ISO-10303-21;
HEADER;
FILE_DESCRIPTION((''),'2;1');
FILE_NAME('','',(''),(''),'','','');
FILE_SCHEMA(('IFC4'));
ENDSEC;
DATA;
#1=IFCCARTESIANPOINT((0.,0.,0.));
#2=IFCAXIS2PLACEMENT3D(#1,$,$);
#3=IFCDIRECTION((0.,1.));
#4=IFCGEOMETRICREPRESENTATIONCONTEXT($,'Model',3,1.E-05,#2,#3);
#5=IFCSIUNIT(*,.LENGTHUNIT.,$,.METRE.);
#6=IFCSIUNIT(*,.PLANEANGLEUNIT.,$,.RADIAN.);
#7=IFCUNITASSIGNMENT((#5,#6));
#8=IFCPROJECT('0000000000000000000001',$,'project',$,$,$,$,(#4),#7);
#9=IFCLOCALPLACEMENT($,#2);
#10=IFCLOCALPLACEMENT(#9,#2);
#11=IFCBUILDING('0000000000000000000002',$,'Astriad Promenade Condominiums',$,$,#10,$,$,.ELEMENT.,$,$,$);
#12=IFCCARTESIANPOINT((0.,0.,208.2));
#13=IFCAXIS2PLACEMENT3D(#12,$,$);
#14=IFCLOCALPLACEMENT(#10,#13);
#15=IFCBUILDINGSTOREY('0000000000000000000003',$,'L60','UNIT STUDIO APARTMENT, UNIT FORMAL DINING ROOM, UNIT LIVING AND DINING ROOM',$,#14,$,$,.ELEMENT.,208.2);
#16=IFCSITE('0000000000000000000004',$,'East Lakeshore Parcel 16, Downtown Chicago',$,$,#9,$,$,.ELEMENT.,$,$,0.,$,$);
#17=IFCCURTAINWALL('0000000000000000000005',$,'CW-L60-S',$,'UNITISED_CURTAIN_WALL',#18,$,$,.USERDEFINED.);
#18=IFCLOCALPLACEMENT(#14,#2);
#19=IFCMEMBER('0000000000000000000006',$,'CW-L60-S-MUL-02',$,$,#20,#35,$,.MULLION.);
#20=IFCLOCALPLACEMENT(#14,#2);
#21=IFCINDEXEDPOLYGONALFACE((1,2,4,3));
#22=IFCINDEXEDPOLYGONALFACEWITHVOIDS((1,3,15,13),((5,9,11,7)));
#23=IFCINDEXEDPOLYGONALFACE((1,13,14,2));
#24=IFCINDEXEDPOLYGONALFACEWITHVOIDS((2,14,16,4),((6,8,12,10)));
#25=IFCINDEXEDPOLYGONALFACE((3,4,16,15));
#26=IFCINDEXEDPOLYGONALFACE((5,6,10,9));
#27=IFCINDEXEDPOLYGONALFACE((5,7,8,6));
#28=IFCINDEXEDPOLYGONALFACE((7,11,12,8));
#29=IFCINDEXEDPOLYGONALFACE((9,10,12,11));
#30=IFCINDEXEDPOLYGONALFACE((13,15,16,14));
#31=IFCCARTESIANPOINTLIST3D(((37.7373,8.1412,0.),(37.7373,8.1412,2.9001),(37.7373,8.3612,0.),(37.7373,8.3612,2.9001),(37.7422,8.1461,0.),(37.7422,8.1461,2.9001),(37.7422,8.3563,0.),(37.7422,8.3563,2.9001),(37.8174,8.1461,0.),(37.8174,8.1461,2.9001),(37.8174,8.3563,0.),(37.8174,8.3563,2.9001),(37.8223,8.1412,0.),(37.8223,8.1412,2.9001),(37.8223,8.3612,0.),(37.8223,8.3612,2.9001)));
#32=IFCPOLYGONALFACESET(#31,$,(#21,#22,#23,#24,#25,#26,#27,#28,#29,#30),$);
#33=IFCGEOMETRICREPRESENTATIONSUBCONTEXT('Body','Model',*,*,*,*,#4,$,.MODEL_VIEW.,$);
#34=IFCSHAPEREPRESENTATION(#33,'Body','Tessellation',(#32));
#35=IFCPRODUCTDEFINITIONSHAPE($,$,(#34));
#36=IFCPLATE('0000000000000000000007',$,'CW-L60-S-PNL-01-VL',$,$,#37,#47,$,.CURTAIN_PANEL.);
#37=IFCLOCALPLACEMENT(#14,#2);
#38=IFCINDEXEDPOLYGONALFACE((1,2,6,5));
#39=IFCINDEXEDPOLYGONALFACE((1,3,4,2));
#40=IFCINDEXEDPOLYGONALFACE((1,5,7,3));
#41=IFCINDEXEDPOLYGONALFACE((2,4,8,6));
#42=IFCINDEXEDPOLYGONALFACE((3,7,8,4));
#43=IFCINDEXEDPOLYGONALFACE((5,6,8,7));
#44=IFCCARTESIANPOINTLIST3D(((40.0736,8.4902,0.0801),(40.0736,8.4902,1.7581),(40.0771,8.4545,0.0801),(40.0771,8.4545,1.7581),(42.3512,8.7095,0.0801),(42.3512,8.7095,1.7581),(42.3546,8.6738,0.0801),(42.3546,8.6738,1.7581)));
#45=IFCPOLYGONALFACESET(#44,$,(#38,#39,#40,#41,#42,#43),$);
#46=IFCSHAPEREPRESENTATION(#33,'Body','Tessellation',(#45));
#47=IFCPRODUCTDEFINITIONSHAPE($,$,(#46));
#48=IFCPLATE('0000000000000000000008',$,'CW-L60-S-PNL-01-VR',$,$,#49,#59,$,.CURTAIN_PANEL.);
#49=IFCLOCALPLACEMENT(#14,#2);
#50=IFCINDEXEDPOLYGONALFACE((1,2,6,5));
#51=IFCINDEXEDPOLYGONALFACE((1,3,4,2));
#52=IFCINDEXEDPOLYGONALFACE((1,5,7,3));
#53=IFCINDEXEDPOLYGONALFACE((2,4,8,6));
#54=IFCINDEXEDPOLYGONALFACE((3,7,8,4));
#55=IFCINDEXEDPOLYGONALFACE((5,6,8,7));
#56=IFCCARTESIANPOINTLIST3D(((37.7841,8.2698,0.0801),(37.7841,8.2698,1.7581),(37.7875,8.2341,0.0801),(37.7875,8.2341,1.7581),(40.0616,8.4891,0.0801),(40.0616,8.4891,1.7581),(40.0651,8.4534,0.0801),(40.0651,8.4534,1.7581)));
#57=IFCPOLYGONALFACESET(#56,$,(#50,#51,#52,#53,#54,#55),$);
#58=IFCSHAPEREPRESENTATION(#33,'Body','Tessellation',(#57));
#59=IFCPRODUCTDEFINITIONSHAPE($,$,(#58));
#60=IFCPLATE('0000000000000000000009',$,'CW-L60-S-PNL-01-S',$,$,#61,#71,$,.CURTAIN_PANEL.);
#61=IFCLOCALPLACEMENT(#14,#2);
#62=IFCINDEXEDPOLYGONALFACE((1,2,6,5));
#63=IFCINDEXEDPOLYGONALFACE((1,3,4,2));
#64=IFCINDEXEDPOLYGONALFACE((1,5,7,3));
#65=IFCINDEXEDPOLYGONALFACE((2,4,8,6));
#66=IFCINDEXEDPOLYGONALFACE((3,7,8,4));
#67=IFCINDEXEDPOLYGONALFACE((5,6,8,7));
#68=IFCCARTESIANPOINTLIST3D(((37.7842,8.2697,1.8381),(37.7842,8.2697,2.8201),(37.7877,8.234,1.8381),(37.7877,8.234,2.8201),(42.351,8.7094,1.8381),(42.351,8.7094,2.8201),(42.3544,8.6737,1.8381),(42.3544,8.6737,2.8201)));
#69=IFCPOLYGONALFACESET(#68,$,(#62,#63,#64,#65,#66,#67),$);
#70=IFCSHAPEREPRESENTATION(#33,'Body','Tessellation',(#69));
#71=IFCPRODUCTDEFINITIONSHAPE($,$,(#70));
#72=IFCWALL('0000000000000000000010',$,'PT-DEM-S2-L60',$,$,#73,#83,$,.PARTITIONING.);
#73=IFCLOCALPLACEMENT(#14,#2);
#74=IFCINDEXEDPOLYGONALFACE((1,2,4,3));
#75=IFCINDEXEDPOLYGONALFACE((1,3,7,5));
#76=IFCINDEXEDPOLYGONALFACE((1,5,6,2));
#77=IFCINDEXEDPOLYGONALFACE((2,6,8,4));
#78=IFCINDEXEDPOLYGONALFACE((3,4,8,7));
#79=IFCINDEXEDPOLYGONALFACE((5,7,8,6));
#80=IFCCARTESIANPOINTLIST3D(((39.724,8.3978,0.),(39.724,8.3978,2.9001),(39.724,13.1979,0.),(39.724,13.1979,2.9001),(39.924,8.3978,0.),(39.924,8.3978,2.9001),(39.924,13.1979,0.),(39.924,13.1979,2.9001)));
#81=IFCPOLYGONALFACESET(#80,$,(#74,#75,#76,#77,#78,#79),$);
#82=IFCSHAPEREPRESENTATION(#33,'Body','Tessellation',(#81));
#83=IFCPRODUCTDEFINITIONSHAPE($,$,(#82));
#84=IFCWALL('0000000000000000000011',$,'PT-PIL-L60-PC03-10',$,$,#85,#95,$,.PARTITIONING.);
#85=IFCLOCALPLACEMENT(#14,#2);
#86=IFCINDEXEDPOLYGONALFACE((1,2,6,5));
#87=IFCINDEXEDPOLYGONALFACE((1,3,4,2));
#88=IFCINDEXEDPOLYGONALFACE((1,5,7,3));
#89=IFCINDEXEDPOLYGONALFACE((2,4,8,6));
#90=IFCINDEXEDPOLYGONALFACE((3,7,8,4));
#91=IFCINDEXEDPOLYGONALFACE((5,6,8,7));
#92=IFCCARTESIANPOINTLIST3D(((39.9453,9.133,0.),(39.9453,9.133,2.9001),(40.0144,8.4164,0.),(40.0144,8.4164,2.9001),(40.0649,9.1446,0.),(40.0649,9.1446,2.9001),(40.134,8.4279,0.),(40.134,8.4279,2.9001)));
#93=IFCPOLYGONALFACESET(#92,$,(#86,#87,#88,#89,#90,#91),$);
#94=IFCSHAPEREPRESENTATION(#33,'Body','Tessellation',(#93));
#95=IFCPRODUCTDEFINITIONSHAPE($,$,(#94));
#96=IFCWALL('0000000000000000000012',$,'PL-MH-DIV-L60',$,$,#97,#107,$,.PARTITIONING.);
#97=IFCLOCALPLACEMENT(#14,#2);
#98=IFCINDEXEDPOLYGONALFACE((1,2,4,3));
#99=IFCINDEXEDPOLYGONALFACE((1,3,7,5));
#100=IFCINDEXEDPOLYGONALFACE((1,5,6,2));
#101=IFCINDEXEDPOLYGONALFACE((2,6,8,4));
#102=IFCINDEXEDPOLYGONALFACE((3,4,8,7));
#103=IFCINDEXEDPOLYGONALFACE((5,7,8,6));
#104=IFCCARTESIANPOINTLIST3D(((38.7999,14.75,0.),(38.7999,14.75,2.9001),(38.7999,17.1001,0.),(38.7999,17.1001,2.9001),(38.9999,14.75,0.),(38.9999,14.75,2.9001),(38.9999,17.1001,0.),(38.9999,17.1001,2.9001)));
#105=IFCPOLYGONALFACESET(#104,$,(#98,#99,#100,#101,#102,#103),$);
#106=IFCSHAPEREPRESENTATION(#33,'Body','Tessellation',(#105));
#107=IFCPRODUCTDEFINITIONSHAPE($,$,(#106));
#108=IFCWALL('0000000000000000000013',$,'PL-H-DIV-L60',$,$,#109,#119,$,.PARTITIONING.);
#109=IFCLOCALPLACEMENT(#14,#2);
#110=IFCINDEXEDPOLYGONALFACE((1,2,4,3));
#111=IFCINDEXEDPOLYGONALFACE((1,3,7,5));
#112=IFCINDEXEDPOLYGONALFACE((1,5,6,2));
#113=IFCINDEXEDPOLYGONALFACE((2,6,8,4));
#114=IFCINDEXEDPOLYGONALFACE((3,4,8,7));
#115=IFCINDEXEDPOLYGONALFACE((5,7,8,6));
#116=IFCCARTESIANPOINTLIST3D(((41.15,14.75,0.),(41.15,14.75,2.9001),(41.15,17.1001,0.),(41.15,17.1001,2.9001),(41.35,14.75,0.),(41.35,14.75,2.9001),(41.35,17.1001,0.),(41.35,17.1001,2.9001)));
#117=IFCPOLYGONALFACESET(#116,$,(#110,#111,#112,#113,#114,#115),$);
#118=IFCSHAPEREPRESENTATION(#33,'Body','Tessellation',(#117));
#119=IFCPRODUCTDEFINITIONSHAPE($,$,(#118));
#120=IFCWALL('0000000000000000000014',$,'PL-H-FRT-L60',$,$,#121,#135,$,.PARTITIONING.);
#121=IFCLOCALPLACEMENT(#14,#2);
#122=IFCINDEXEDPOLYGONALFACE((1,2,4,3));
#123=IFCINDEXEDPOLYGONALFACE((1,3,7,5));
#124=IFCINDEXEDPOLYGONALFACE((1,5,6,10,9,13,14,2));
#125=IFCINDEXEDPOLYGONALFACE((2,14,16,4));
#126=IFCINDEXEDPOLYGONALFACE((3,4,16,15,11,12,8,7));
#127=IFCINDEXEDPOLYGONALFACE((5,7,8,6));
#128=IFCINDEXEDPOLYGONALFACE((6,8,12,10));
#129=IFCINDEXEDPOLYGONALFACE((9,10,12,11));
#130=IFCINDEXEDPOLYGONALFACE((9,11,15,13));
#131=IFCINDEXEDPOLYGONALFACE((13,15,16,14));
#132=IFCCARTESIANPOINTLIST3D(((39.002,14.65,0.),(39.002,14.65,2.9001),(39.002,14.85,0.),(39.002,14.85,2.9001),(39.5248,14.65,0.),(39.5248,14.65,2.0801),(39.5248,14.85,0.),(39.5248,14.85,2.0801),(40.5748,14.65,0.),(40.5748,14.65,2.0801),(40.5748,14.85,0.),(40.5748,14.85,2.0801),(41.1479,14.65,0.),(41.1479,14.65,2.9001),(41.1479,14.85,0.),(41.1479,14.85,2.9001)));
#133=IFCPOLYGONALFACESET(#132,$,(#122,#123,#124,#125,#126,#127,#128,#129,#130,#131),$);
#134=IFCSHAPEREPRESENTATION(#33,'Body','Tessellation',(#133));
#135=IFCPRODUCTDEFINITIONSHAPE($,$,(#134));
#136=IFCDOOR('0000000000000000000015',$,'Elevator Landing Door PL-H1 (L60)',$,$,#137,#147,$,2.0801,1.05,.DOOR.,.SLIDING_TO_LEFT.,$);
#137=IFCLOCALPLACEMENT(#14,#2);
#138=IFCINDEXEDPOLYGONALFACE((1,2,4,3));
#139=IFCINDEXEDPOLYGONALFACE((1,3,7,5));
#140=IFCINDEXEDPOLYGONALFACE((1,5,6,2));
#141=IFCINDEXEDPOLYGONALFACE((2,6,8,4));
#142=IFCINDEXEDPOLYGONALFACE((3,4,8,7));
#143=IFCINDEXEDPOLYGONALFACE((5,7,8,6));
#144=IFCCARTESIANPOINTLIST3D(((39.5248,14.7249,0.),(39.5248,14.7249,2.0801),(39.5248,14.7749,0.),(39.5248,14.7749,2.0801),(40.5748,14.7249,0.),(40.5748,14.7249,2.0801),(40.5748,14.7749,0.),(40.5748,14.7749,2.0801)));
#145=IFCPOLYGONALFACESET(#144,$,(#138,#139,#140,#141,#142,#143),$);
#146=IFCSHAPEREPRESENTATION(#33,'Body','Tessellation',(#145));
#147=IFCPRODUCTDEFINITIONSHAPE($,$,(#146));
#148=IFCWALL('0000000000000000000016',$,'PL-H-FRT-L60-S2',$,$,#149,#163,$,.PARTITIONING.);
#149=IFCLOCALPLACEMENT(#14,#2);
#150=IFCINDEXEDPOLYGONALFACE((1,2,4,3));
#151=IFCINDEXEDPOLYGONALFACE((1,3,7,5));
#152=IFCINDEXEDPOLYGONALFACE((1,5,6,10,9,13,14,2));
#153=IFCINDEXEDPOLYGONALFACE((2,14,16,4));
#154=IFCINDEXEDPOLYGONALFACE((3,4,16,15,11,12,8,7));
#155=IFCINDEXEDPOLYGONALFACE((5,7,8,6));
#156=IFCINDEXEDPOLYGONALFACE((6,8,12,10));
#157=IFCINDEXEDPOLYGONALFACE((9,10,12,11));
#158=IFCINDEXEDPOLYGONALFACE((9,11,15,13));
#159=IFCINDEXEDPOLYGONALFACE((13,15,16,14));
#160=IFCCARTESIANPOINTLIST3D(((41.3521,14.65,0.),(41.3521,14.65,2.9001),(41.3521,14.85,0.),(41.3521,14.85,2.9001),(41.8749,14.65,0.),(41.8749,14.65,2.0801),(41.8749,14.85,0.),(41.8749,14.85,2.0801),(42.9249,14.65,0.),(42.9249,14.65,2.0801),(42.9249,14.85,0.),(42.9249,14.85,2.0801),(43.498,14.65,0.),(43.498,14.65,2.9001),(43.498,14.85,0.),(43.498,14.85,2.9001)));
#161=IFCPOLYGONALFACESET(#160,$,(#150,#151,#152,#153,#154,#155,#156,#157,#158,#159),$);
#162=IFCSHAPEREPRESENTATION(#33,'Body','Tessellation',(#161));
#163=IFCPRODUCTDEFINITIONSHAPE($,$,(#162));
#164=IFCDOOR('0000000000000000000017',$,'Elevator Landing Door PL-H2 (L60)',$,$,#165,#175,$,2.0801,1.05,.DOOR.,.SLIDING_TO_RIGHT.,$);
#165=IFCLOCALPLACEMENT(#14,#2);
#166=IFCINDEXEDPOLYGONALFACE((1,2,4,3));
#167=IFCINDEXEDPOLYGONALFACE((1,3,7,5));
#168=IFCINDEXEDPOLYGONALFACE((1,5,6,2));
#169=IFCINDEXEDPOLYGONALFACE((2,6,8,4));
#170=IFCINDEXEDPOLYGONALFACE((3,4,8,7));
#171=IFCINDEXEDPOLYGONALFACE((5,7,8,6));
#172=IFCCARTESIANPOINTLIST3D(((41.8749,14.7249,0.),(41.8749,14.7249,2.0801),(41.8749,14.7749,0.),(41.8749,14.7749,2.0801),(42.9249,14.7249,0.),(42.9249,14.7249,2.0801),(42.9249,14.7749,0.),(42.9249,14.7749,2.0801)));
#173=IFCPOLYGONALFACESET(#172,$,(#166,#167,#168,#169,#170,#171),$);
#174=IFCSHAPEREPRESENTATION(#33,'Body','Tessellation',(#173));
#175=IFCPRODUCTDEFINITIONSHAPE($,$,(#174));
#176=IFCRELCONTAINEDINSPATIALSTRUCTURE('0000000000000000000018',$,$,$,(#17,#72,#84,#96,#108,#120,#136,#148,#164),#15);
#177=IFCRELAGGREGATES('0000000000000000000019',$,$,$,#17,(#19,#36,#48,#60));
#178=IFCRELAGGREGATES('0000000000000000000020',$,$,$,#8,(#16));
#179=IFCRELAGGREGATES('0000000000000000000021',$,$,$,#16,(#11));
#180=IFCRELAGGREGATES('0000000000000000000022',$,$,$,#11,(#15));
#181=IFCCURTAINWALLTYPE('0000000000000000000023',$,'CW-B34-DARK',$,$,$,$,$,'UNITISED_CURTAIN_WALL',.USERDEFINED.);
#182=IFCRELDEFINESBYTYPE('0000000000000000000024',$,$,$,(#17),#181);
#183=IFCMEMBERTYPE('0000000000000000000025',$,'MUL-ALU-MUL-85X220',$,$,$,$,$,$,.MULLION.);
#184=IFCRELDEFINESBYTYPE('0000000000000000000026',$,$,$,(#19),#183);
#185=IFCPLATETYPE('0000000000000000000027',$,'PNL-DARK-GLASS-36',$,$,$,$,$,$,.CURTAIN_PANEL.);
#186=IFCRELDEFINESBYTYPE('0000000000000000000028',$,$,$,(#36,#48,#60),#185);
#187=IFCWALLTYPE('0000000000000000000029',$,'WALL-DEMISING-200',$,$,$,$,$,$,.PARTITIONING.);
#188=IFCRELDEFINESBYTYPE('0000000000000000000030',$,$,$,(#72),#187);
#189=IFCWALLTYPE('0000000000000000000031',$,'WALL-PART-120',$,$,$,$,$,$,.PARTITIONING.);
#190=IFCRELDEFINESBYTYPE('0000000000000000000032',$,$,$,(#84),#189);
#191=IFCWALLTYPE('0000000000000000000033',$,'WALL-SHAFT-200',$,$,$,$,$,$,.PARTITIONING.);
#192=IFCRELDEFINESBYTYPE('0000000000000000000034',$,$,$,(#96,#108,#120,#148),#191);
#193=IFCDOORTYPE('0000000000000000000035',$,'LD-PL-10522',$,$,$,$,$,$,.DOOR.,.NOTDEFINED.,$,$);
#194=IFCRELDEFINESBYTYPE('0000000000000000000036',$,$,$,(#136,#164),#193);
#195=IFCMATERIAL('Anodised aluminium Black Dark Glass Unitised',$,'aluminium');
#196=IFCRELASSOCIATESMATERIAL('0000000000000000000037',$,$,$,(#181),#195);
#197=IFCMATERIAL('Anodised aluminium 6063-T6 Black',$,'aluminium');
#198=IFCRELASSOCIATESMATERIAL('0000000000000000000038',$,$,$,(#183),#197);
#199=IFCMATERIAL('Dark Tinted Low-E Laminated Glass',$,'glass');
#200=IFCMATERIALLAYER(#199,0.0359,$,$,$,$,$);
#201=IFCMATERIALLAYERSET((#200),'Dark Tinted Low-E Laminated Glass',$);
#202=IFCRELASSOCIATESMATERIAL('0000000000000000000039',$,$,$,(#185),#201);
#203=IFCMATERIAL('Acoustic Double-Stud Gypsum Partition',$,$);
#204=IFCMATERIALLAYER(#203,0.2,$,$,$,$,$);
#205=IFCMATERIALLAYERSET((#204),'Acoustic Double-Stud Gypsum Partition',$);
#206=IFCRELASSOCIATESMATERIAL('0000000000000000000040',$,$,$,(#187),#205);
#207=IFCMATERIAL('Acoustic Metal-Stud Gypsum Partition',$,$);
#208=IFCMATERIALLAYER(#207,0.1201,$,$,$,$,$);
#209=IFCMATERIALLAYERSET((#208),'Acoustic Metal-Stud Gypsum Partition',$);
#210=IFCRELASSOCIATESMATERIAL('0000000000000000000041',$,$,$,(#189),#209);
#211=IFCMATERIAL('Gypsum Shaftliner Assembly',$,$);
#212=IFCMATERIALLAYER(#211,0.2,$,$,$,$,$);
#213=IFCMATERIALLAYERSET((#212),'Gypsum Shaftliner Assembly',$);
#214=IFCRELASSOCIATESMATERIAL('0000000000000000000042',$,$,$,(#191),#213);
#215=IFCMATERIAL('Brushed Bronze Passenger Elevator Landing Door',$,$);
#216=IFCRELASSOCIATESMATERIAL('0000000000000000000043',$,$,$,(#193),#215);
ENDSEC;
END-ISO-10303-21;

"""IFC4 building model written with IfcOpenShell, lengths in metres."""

from ifc_helpers import new_model, si_unit, direction, frame, frame_2d, origin, origin_2d, place, context, subcontext, project, spatial, rectangle, hollow_rectangle, extrude, source, transform, mapped, material, layer, layer_set, material_profile, profile_set, type_object, type_shapes, element, fill, aggregate, save


model = new_model("IFC4")

# Units and contexts
model_context = context("Model", 3, precision=1e-05, world=origin(), true_north=direction((0.0, 1.0)))
body_context = subcontext(model_context, "Body", "Model", "MODEL_VIEW")
ifc_project = project(units=[si_unit("LENGTHUNIT", "METRE"), si_unit("PLANEANGLEUNIT", "RADIAN")], contexts=[model_context])

# Site, building, storey
site_placement = place(None, origin())
site = spatial("IfcSite", under=ifc_project, at=site_placement, Name="East Lakeshore Parcel 16, Downtown Chicago", CompositionType="ELEMENT", RefElevation=0.0)
building_placement = place(site_placement, origin())
building = spatial("IfcBuilding", under=site, at=building_placement, Name="Astriad Promenade Condominiums", CompositionType="ELEMENT")
storey_placement = place(building_placement, frame((0.0, 0.0, 208.2)))
storey = spatial("IfcBuildingStorey", under=building, at=storey_placement, Name="L60", Description="UNIT STUDIO APARTMENT, UNIT FORMAL DINING ROOM, UNIT LIVING AND DINING ROOM", CompositionType="ELEMENT", Elevation=208.2)

# Curtain wall, member, plates
ifc_material_1 = material(Name="Anodised aluminium Black Dark Glass Unitised", Category="aluminium")
curtain_wall_type = type_object("IfcCurtainWallType", Name="CW-B34-DARK", ElementType="UNITISED_CURTAIN_WALL", PredefinedType="USERDEFINED", material=ifc_material_1)
curtain_wall_placement = place(storey_placement, origin())
curtain_wall = element("IfcCurtainWall", 1, at=curtain_wall_placement, inside=storey, type_object=curtain_wall_type, Name="CW-L60-S", ObjectType="UNITISED_CURTAIN_WALL", PredefinedType="USERDEFINED")
ifc_material_2 = material(Name="Anodised aluminium 6063-T6 Black", Category="aluminium")
ifc_material_profile_1 = material_profile(ifc_material_2, hollow_rectangle(XDim=0.085, YDim=0.22, WallThickness=0.0049, at=origin_2d()), Name="ALU-MUL-85X220")
ifc_profile_set_1 = profile_set([ifc_material_profile_1], Name="Anodised aluminium 6063-T6 Black")
member_type_1 = type_object("IfcMemberType", Name="MUL-ALU-MUL-85X220", PredefinedType="MULLION", material=ifc_profile_set_1)
shared_shape_1 = source(origin(), body_context, "Body", "SweptSolid", [
    extrude(hollow_rectangle(XDim=0.085, YDim=0.22, WallThickness=0.0049, at=origin_2d()), origin(), (0.0, 0.0, 1.0), 2.9001),
])
type_shapes(member_type_1, [shared_shape_1])
member_1_placement = place(storey_placement, frame((37.7798, 8.2512, 0.0), z_axis=(0.0, 0.0, 1.0), x_axis=(1.0, 0.0, 0.0)))
member_1 = element("IfcMember", 2, at=member_1_placement, type_object=member_type_1, Name="CW-L60-S-MUL-02", PredefinedType="MULLION", context=body_context, shape_type="MappedRepresentation", body=[
    mapped(shared_shape_1, transform((0.0, 0.0, 0.0), scale=1.0)),
])
ifc_material_3 = material(Name="Dark Tinted Low-E Laminated Glass", Category="glass")
ifc_layer_1 = layer(ifc_material_3, 0.0359)
ifc_layer_set_1 = layer_set([ifc_layer_1], Name="Dark Tinted Low-E Laminated Glass")
plate_type = type_object("IfcPlateType", Name="PNL-DARK-GLASS-36", PredefinedType="CURTAIN_PANEL", material=ifc_layer_set_1)
shared_shape_2 = source(origin(), body_context, "Body", "SweptSolid", [
    extrude(rectangle(XDim=2.2881, YDim=0.0359, at=origin_2d()), origin(), (0.0, 0.0, 1.0), 1.678),
])
plate_1_placement = place(storey_placement, frame((41.2141, 8.582, 0.0801), z_axis=(0.0, 0.0, 1.0), x_axis=(-0.995396, -0.095846, 0.0)))
plate_1 = element("IfcPlate", 3, at=plate_1_placement, type_object=plate_type, Name="CW-L60-S-PNL-01-VL", PredefinedType="CURTAIN_PANEL", context=body_context, shape_type="MappedRepresentation", body=[
    mapped(shared_shape_2, transform((0.0, 0.0, 0.0), scale=1.0)),
])
plate_2_placement = place(storey_placement, frame((38.9246, 8.3616, 0.0801), z_axis=(0.0, 0.0, 1.0), x_axis=(-0.995396, -0.095846, 0.0)))
plate_2 = element("IfcPlate", 4, at=plate_2_placement, type_object=plate_type, Name="CW-L60-S-PNL-01-VR", PredefinedType="CURTAIN_PANEL", context=body_context, shape_type="MappedRepresentation", body=[
    mapped(shared_shape_2, transform((0.0, 0.0, 0.0), scale=1.0)),
])
shared_shape_3 = source(origin(), body_context, "Body", "SweptSolid", [
    extrude(rectangle(XDim=4.5879, YDim=0.0359, at=origin_2d()), origin(), (0.0, 0.0, 1.0), 0.9819),
])
type_shapes(plate_type, [shared_shape_2, shared_shape_3])
plate_3_placement = place(storey_placement, frame((40.0693, 8.4717, 1.8381), z_axis=(0.0, 0.0, 1.0), x_axis=(-0.995396, -0.095846, 0.0)))
plate_3 = element("IfcPlate", 5, at=plate_3_placement, type_object=plate_type, Name="CW-L60-S-PNL-01-S", PredefinedType="CURTAIN_PANEL", context=body_context, shape_type="MappedRepresentation", body=[
    mapped(shared_shape_3, transform((0.0, 0.0, 0.0), scale=1.0)),
])
aggregate(curtain_wall, [member_1, plate_1, plate_2, plate_3])

# Walls
ifc_material_4 = material(Name="Acoustic Double-Stud Gypsum Partition")
ifc_layer_2 = layer(ifc_material_4, 0.2)
ifc_layer_set_2 = layer_set([ifc_layer_2], Name="Acoustic Double-Stud Gypsum Partition")
wall_type_1 = type_object("IfcWallType", Name="WALL-DEMISING-200", PredefinedType="PARTITIONING", material=ifc_layer_set_2)
wall_1_placement = place(storey_placement, frame((39.824, 8.3979, 0.0), z_axis=(0.0, 0.0, 1.0), x_axis=(0.0, 1.0, 0.0)))
element("IfcWall", 6, at=wall_1_placement, inside=storey, type_object=wall_type_1, Name="PT-DEM-S2-L60", PredefinedType="PARTITIONING", context=body_context, shape_type="SweptSolid", body=[
    extrude(rectangle(XDim=4.8, YDim=0.2, at=frame_2d((2.3999, 0.0))), origin(), (0.0, 0.0, 1.0), 2.9001),
])
ifc_material_5 = material(Name="Acoustic Metal-Stud Gypsum Partition")
ifc_layer_3 = layer(ifc_material_5, 0.1201)
ifc_layer_set_3 = layer_set([ifc_layer_3], Name="Acoustic Metal-Stud Gypsum Partition")
wall_type_2 = type_object("IfcWallType", Name="WALL-PART-120", PredefinedType="PARTITIONING", material=ifc_layer_set_3)
wall_2_placement = place(storey_placement, frame((40.0051, 9.1387, 0.0), z_axis=(0.0, 0.0, 1.0), x_axis=(0.095977, -0.995384, 0.0)))
element("IfcWall", 7, at=wall_2_placement, inside=storey, type_object=wall_type_2, Name="PT-PIL-L60-PC03-10", PredefinedType="PARTITIONING", context=body_context, shape_type="SweptSolid", body=[
    extrude(rectangle(XDim=0.72, YDim=0.1201, at=frame_2d((0.3599, 0.0))), origin(), (0.0, 0.0, 1.0), 2.9001),
])
ifc_material_6 = material(Name="Gypsum Shaftliner Assembly")
ifc_layer_4 = layer(ifc_material_6, 0.2)
ifc_layer_set_4 = layer_set([ifc_layer_4], Name="Gypsum Shaftliner Assembly")
wall_type_3 = type_object("IfcWallType", Name="WALL-SHAFT-200", PredefinedType="PARTITIONING", material=ifc_layer_set_4)
for number, where, z_axis, x_axis, name in (
    (8, (38.8999, 14.75, 0.0), (0.0, 0.0, 1.0), (0.0, 1.0, 0.0), "PL-MH-DIV-L60"),
    (9, (41.25, 14.75, 0.0), (0.0, 0.0, 1.0), (0.0, 1.0, 0.0), "PL-H-DIV-L60"),
):
    element("IfcWall", number, at=place(storey_placement, frame(where, z_axis=z_axis, x_axis=x_axis)), inside=storey, type_object=wall_type_3, Name=name, PredefinedType="PARTITIONING", context=body_context, shape_type="SweptSolid", body=[
        extrude(rectangle(XDim=2.3501, YDim=0.2, at=frame_2d((1.175, 0.0))), origin(), (0.0, 0.0, 1.0), 2.9001),
    ])

# Walls, openings, doors
wall_3_placement = place(storey_placement, frame((39.002, 14.75, 0.0), z_axis=(0.0, 0.0, 1.0), x_axis=(1.0, 0.0, 0.0)))
wall_3 = element("IfcWall", 10, at=wall_3_placement, inside=storey, type_object=wall_type_3, Name="PL-H-FRT-L60", PredefinedType="PARTITIONING", context=body_context, shape_type="SweptSolid", body=[
    extrude(rectangle(XDim=2.146, YDim=0.2, at=frame_2d((1.073, 0.0))), origin(), (0.0, 0.0, 1.0), 2.9001),
])
opening_1_placement = place(wall_3_placement, frame((0.5229, 0.0, 0.0)))
opening_1 = element("IfcOpeningElement", 11, at=opening_1_placement, cuts=wall_3, PredefinedType="OPENING", context=body_context, shape_type="SweptSolid", body=[
    extrude(rectangle(XDim=1.05, YDim=2.0801, at=frame_2d((0.5249, 1.04))), frame((0.0, 0.1099, 0.0), z_axis=(0.0, -1.0, 0.0), x_axis=(1.0, 0.0, 0.0)), (0.0, 0.0, 1.0), 0.22),
])
ifc_material_7 = material(Name="Brushed Bronze Passenger Elevator Landing Door")
door_type = type_object("IfcDoorType", Name="LD-PL-10522", OperationType="NOTDEFINED", PredefinedType="DOOR", material=ifc_material_7)
shared_shape_4 = source(origin(), body_context, "Body", "SweptSolid", [
    extrude(rectangle(XDim=1.05, YDim=2.0801, at=frame_2d((0.5249, 1.04))), frame((0.0, 0.0249, 0.0), z_axis=(0.0, -1.0, 0.0), x_axis=(1.0, 0.0, 0.0)), (0.0, 0.0, 1.0), 0.05),
])
type_shapes(door_type, [shared_shape_4])
door_1_placement = place(opening_1_placement, origin())
door_1 = element("IfcDoor", 12, at=door_1_placement, inside=storey, type_object=door_type, Name="Elevator Landing Door PL-H1 (L60)", OperationType="SLIDING_TO_LEFT", OverallHeight=2.0801, OverallWidth=1.05, PredefinedType="DOOR", context=body_context, shape_type="MappedRepresentation", body=[
    mapped(shared_shape_4, transform((0.0, 0.0, 0.0), scale=1.0)),
])
fill(opening_1, door_1)
wall_4_placement = place(storey_placement, frame((41.3521, 14.75, 0.0), z_axis=(0.0, 0.0, 1.0), x_axis=(1.0, 0.0, 0.0)))
wall_4 = element("IfcWall", 13, at=wall_4_placement, inside=storey, type_object=wall_type_3, Name="PL-H-FRT-L60-S2", PredefinedType="PARTITIONING", context=body_context, shape_type="SweptSolid", body=[
    extrude(rectangle(XDim=2.146, YDim=0.2, at=frame_2d((1.073, 0.0))), origin(), (0.0, 0.0, 1.0), 2.9001),
])
opening_2_placement = place(wall_4_placement, frame((0.5229, 0.0, 0.0)))
opening_2 = element("IfcOpeningElement", 14, at=opening_2_placement, cuts=wall_4, PredefinedType="OPENING", context=body_context, shape_type="SweptSolid", body=[
    extrude(rectangle(XDim=1.05, YDim=2.0801, at=frame_2d((0.5249, 1.04))), frame((0.0, 0.1099, 0.0), z_axis=(0.0, -1.0, 0.0), x_axis=(1.0, 0.0, 0.0)), (0.0, 0.0, 1.0), 0.22),
])
door_2_placement = place(opening_2_placement, origin())
door_2 = element("IfcDoor", 15, at=door_2_placement, inside=storey, type_object=door_type, Name="Elevator Landing Door PL-H2 (L60)", OperationType="SLIDING_TO_RIGHT", OverallHeight=2.0801, OverallWidth=1.05, PredefinedType="DOOR", context=body_context, shape_type="MappedRepresentation", body=[
    mapped(shared_shape_4, transform((0.0, 0.0, 0.0), scale=1.0)),
])
fill(opening_2, door_2)

save(model, "model.ifc")
